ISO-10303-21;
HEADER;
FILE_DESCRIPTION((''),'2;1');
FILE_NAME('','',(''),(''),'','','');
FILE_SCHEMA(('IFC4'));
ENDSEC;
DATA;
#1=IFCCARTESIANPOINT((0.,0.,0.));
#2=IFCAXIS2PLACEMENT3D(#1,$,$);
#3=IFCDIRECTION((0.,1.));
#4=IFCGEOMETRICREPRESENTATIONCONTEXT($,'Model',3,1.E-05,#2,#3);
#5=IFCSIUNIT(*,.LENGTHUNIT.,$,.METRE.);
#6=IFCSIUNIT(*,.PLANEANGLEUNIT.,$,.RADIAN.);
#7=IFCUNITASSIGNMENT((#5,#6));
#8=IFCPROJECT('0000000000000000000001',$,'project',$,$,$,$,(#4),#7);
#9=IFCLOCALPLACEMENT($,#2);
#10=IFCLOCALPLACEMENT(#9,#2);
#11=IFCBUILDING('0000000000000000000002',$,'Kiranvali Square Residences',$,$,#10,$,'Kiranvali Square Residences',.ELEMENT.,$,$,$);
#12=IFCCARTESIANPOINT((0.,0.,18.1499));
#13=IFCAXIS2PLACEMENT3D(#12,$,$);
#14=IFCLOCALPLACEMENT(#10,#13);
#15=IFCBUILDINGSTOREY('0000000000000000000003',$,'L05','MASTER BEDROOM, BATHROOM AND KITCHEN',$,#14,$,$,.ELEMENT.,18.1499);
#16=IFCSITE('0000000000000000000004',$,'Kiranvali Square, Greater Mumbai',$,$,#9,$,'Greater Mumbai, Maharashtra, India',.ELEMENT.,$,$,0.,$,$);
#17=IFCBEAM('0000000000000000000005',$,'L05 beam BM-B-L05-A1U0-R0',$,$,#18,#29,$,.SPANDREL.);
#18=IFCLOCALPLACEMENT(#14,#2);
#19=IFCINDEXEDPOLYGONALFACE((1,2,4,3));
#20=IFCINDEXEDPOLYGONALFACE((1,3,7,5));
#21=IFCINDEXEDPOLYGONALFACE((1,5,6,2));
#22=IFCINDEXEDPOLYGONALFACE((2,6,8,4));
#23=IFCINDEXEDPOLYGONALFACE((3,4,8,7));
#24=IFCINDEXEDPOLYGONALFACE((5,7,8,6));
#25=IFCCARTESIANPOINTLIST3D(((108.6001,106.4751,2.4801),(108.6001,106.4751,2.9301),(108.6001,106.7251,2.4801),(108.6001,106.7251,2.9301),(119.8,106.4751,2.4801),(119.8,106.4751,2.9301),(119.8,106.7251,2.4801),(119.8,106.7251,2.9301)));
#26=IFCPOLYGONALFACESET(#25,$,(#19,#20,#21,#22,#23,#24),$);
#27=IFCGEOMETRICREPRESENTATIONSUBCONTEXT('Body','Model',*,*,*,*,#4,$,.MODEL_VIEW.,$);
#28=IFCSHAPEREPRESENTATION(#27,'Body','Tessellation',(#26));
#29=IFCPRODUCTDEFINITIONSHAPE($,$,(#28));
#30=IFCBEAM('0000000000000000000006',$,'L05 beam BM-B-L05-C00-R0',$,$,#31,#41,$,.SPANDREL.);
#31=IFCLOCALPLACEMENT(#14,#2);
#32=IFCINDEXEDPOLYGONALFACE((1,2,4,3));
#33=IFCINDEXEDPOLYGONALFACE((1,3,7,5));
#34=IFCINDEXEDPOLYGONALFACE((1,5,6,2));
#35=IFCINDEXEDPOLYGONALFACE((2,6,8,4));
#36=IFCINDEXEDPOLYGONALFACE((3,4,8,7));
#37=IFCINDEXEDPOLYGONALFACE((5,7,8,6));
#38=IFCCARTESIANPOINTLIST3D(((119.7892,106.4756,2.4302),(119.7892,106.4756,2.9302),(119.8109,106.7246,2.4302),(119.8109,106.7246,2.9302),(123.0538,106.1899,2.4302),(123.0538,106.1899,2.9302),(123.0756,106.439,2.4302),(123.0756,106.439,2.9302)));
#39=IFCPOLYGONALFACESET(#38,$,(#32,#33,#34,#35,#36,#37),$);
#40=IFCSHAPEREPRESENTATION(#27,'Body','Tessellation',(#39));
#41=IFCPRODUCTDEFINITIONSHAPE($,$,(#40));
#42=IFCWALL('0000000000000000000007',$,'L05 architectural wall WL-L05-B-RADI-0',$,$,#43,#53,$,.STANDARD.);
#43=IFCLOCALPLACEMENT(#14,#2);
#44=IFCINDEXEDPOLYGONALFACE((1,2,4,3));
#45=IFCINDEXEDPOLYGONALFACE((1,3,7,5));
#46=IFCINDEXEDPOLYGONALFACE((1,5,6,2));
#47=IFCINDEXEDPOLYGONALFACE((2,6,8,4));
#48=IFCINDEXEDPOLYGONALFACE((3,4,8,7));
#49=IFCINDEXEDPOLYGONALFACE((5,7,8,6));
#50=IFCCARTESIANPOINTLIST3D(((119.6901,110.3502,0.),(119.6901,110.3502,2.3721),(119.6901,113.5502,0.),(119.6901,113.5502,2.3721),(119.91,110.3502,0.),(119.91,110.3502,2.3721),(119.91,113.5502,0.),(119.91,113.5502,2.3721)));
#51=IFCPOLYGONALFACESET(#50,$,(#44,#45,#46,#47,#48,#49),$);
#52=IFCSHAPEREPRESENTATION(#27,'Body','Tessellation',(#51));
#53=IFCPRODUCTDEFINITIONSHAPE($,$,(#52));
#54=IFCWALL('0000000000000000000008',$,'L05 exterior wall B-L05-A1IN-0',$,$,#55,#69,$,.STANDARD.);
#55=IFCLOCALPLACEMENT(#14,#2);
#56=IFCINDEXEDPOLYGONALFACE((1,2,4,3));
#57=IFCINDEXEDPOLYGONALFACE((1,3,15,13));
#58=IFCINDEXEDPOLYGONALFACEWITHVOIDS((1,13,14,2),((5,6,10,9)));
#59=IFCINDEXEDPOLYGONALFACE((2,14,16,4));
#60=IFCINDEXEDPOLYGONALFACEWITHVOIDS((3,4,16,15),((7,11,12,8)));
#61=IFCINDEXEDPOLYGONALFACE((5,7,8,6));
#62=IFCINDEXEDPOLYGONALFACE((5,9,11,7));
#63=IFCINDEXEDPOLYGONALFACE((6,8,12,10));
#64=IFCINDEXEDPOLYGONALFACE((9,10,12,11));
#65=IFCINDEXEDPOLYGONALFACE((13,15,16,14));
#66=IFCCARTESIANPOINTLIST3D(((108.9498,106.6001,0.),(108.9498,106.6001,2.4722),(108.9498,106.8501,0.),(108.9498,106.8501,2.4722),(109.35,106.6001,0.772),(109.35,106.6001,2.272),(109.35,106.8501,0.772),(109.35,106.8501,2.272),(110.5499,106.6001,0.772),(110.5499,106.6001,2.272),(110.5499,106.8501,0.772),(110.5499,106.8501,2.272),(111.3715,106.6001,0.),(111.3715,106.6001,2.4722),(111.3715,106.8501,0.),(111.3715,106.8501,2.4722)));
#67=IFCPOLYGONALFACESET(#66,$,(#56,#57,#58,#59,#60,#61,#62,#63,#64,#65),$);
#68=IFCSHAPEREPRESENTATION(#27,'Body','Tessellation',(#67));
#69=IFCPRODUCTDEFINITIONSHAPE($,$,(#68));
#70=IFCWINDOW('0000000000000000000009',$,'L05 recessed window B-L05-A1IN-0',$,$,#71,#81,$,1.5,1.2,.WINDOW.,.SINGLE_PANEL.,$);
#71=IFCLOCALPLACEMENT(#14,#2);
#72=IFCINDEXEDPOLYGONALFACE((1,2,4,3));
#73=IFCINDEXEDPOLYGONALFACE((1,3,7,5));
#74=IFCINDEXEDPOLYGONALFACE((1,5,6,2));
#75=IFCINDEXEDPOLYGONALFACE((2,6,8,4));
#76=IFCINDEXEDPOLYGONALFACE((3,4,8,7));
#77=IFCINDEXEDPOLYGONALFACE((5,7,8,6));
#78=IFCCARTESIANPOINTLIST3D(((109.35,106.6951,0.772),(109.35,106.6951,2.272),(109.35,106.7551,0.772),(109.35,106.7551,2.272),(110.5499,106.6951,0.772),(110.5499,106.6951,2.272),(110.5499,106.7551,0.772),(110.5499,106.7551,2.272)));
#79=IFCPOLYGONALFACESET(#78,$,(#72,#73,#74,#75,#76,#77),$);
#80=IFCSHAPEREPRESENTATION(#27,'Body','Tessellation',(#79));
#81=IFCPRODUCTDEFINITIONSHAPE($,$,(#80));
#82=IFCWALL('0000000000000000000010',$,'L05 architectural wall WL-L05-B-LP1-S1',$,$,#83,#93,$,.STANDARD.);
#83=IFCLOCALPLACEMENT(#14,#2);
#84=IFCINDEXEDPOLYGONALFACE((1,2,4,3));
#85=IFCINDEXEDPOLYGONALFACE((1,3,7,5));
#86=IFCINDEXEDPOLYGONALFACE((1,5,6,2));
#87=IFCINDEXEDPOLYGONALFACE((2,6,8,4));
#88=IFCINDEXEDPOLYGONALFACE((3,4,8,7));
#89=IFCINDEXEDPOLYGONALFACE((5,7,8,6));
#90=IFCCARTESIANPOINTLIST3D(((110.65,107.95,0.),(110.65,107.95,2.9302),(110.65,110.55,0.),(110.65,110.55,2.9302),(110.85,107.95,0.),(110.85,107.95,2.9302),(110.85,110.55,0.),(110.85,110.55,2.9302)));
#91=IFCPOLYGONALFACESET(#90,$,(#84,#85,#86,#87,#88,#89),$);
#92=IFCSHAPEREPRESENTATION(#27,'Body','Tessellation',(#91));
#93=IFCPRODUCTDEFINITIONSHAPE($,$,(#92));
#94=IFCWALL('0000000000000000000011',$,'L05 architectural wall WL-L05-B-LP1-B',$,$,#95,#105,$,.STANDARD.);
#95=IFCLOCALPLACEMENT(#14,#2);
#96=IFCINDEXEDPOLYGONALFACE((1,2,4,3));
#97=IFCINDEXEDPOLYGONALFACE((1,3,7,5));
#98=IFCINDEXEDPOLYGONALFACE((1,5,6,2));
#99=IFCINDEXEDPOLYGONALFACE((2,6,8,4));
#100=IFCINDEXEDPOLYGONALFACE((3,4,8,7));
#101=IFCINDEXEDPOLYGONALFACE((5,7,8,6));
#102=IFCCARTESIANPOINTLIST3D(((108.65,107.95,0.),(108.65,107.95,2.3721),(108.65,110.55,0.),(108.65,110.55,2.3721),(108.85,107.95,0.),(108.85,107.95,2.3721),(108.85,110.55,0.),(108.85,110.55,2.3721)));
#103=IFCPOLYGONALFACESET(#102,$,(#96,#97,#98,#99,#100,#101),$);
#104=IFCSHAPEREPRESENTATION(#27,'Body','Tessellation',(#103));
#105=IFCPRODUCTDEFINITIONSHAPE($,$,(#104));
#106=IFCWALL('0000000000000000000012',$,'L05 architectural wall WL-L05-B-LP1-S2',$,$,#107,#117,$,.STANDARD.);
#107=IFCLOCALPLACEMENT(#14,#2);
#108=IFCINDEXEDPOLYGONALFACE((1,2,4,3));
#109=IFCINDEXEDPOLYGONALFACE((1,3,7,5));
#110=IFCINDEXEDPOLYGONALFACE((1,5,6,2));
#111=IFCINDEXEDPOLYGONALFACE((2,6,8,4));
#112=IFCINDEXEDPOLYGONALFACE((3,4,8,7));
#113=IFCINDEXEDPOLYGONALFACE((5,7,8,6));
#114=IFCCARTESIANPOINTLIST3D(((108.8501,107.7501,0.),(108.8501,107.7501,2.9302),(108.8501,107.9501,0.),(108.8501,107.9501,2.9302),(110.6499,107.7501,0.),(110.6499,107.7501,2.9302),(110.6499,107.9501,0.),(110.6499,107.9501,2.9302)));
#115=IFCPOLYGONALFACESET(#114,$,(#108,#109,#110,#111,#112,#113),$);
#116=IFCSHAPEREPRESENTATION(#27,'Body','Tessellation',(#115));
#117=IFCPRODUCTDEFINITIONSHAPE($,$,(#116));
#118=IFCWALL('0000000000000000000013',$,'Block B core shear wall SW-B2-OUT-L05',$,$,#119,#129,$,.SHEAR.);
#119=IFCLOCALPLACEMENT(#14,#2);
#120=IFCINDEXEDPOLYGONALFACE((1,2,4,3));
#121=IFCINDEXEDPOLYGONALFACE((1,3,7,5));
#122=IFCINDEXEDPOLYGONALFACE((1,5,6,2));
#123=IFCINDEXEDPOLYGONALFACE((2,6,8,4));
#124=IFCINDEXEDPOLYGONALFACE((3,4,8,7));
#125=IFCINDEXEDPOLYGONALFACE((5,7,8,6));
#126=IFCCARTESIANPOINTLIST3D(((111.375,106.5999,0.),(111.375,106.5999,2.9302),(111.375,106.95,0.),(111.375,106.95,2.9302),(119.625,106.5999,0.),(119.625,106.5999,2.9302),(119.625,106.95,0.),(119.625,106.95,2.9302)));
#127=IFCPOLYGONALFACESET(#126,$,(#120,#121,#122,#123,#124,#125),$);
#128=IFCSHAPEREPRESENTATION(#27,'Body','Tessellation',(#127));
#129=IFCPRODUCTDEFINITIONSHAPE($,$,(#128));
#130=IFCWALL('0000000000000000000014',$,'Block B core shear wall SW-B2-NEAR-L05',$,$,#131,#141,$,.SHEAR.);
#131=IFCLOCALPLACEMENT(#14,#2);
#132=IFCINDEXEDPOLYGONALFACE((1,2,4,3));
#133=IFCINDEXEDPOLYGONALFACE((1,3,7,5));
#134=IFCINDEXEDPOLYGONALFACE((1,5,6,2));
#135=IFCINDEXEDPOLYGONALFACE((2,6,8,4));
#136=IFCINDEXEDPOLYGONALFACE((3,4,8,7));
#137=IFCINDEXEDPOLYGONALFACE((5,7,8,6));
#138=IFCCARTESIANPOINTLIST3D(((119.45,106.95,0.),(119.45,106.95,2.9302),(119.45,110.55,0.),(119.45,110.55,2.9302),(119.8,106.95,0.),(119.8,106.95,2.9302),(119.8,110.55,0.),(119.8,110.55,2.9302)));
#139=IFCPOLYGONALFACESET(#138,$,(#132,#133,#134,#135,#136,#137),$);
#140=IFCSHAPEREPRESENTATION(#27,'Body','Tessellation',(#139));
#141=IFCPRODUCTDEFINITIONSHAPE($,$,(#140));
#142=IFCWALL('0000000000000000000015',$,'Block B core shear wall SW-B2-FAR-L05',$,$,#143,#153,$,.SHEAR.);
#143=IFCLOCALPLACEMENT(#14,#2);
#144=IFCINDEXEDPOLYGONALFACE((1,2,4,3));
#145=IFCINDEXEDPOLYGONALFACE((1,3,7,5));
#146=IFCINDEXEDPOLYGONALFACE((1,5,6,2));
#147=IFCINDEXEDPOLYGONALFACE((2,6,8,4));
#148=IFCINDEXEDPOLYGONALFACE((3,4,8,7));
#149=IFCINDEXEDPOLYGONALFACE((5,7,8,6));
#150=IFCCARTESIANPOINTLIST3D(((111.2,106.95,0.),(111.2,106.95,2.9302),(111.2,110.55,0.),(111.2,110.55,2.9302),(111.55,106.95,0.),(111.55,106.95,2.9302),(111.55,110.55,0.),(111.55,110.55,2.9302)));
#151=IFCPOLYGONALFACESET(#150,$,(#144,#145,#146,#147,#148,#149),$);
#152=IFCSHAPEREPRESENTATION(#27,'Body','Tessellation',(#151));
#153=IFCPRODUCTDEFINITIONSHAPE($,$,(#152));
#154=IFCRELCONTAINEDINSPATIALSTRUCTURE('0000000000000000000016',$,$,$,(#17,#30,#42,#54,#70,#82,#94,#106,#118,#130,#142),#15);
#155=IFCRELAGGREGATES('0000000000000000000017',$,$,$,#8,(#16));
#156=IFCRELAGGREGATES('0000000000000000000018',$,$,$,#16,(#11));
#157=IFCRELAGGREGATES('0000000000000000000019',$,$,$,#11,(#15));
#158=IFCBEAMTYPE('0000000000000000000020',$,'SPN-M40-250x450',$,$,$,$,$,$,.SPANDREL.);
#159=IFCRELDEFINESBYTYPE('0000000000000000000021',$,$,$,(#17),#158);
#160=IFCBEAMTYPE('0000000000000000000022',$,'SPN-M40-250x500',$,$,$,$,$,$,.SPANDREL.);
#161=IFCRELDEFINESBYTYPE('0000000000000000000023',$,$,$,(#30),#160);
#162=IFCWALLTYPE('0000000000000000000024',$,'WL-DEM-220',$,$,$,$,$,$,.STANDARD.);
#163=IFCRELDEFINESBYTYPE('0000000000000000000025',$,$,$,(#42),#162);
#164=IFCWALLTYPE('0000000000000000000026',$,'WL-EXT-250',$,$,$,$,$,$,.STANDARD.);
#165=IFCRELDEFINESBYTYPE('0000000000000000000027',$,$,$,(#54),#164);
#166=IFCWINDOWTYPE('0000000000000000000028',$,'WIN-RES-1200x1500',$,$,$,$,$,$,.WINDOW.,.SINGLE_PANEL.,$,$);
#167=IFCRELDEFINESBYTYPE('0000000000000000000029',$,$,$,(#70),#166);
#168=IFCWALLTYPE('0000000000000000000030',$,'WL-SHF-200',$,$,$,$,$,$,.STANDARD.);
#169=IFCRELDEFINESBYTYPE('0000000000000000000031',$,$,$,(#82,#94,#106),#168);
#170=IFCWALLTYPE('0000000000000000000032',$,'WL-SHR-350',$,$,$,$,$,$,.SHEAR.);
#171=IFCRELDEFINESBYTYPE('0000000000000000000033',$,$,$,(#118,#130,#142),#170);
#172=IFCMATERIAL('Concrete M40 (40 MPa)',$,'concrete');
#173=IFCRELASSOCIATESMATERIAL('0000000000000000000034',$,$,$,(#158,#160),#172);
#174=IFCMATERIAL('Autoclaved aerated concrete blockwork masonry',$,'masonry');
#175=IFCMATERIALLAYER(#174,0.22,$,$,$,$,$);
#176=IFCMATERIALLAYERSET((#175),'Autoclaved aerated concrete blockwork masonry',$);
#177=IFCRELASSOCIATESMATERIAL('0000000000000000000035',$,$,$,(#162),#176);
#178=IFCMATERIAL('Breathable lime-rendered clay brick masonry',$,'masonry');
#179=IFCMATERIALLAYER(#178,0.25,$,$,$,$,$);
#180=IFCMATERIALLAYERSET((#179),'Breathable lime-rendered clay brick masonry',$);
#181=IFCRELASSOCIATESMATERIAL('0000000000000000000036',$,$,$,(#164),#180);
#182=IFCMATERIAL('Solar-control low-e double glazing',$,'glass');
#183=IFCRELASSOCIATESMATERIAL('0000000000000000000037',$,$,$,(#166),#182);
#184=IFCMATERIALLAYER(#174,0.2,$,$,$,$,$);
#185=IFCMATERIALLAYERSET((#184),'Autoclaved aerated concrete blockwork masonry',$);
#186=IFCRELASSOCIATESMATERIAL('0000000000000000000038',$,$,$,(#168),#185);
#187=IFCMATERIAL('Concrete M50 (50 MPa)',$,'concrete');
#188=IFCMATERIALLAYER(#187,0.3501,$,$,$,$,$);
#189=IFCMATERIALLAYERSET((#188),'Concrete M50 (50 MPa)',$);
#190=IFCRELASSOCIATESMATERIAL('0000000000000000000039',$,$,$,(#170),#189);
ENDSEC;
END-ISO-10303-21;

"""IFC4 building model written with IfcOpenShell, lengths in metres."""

from ifc_helpers import new_model, si_unit, direction, frame, frame_2d, origin, origin_2d, place, context, subcontext, project, spatial, rectangle, extrude, material, layer, layer_set, material_profile, profile_set, type_object, element, fill, save


model = new_model("IFC4")

# Units and contexts
model_context = context("Model", 3, precision=1e-05, world=origin(), true_north=direction((0.0, 1.0)))
body_context = subcontext(model_context, "Body", "Model", "MODEL_VIEW")
ifc_project = project(units=[si_unit("LENGTHUNIT", "METRE"), si_unit("PLANEANGLEUNIT", "RADIAN")], contexts=[model_context])

# Site, building, storey
site_placement = place(None, origin())
site = spatial("IfcSite", under=ifc_project, at=site_placement, Name="Kiranvali Square, Greater Mumbai", LongName="Greater Mumbai, Maharashtra, India", CompositionType="ELEMENT", RefElevation=0.0)
building_placement = place(site_placement, origin())
building = spatial("IfcBuilding", under=site, at=building_placement, Name="Kiranvali Square Residences", LongName="Kiranvali Square Residences", CompositionType="ELEMENT")
storey_placement = place(building_placement, frame((0.0, 0.0, 18.1499)))
storey = spatial("IfcBuildingStorey", under=building, at=storey_placement, Name="L05", Description="MASTER BEDROOM, BATHROOM AND KITCHEN", CompositionType="ELEMENT", Elevation=18.1499)

# Beams
ifc_material_1 = material(Name="Concrete M40 (40 MPa)", Category="concrete")
ifc_material_profile_1 = material_profile(ifc_material_1, rectangle(XDim=0.25, YDim=0.45, at=origin_2d()), Name="RC 250x450")
ifc_profile_set_1 = profile_set([ifc_material_profile_1], Name="Concrete M40 (40 MPa)")
beam_type_1 = type_object("IfcBeamType", Name="SPN-M40-250x450", PredefinedType="SPANDREL", material=ifc_profile_set_1)
beam_1_placement = place(storey_placement, frame((119.8, 106.6001, 2.7051), z_axis=(-1.0, 0.0, 0.0), x_axis=(0.0, -1.0, 0.0)))
element("IfcBeam", 1, at=beam_1_placement, inside=storey, type_object=beam_type_1, Name="L05 beam BM-B-L05-A1U0-R0", PredefinedType="SPANDREL", context=body_context, shape_type="SweptSolid", body=[
    extrude(rectangle(XDim=0.25, YDim=0.45, at=origin_2d()), origin(), (0.0, 0.0, 1.0), 11.2),
])
ifc_material_profile_2 = material_profile(ifc_material_1, rectangle(XDim=0.25, YDim=0.5, at=origin_2d()), Name="RC 250x500")
ifc_profile_set_2 = profile_set([ifc_material_profile_2], Name="Concrete M40 (40 MPa)")
beam_type_2 = type_object("IfcBeamType", Name="SPN-M40-250x500", PredefinedType="SPANDREL", material=ifc_profile_set_2)
beam_2_placement = place(storey_placement, frame((119.8, 106.6001, 2.6802), z_axis=(0.996194, -0.087163, 0.0), x_axis=(0.087163, 0.996194, 0.0)))
element("IfcBeam", 2, at=beam_2_placement, inside=storey, type_object=beam_type_2, Name="L05 beam BM-B-L05-C00-R0", PredefinedType="SPANDREL", context=body_context, shape_type="SweptSolid", body=[
    extrude(rectangle(XDim=0.25, YDim=0.5, at=origin_2d()), origin(), (0.0, 0.0, 1.0), 3.2771),
])

# Wall
ifc_material_2 = material(Name="Autoclaved aerated concrete blockwork masonry", Category="masonry")
ifc_layer_1 = layer(ifc_material_2, 0.22)
ifc_layer_set_1 = layer_set([ifc_layer_1], Name="Autoclaved aerated concrete blockwork masonry")
wall_type_1 = type_object("IfcWallType", Name="WL-DEM-220", PredefinedType="STANDARD", material=ifc_layer_set_1)
wall_1_placement = place(storey_placement, frame((119.8, 110.3501, 0.0), z_axis=(0.0, 0.0, 1.0), x_axis=(0.0, 1.0, 0.0)))
element("IfcWall", 3, at=wall_1_placement, inside=storey, type_object=wall_type_1, Name="L05 architectural wall WL-L05-B-RADI-0", PredefinedType="STANDARD", context=body_context, shape_type="SweptSolid", body=[
    extrude(rectangle(XDim=3.2, YDim=0.22, at=frame_2d((1.6001, 0.0))), origin(), (0.0, 0.0, 1.0), 2.3721),
])

# Wall, opening, window
ifc_material_3 = material(Name="Breathable lime-rendered clay brick masonry", Category="masonry")
ifc_layer_2 = layer(ifc_material_3, 0.25)
ifc_layer_set_2 = layer_set([ifc_layer_2], Name="Breathable lime-rendered clay brick masonry")
wall_type_2 = type_object("IfcWallType", Name="WL-EXT-250", PredefinedType="STANDARD", material=ifc_layer_set_2)
wall_2_placement = place(storey_placement, frame((111.3716, 106.7251, 0.0), z_axis=(0.0, 0.0, 1.0), x_axis=(-1.0, 0.0, 0.0)))
wall_2 = element("IfcWall", 4, at=wall_2_placement, inside=storey, type_object=wall_type_2, Name="L05 exterior wall B-L05-A1IN-0", PredefinedType="STANDARD", context=body_context, shape_type="SweptSolid", body=[
    extrude(rectangle(XDim=2.4216, YDim=0.25, at=frame_2d((1.2109, 0.0))), origin(), (0.0, 0.0, 1.0), 2.4722),
])
opening_1_placement = place(wall_2_placement, frame((0.8215, 0.0, 0.772)))
opening_1 = element("IfcOpeningElement", 5, at=opening_1_placement, cuts=wall_2, PredefinedType="OPENING", context=body_context, shape_type="SweptSolid", body=[
    extrude(rectangle(XDim=1.2, YDim=1.5, at=frame_2d((0.6001, 0.75))), frame((0.0, 0.135, 0.0), z_axis=(0.0, -1.0, 0.0), x_axis=(1.0, 0.0, 0.0)), (0.0, 0.0, 1.0), 0.27),
])
ifc_material_4 = material(Name="Solar-control low-e double glazing", Category="glass")
window_type = type_object("IfcWindowType", Name="WIN-RES-1200x1500", PartitioningType="SINGLE_PANEL", PredefinedType="WINDOW", material=ifc_material_4)
window_placement = place(opening_1_placement, origin())
window = element("IfcWindow", 6, at=window_placement, inside=storey, type_object=window_type, Name="L05 recessed window B-L05-A1IN-0", OverallHeight=1.5, OverallWidth=1.2, PartitioningType="SINGLE_PANEL", PredefinedType="WINDOW", context=body_context, shape_type="SweptSolid", body=[
    extrude(rectangle(XDim=1.2, YDim=1.5, at=frame_2d((0.6001, 0.75))), frame((0.0, 0.03, 0.0), z_axis=(0.0, -1.0, 0.0), x_axis=(1.0, 0.0, 0.0)), (0.0, 0.0, 1.0), 0.0601),
])
fill(opening_1, window)

# Walls
ifc_layer_3 = layer(ifc_material_2, 0.2)
ifc_layer_set_3 = layer_set([ifc_layer_3], Name="Autoclaved aerated concrete blockwork masonry")
wall_type_3 = type_object("IfcWallType", Name="WL-SHF-200", PredefinedType="STANDARD", material=ifc_layer_set_3)
wall_3_placement = place(storey_placement, frame((110.75, 107.95, 0.0), z_axis=(0.0, 0.0, 1.0), x_axis=(0.0, 1.0, 0.0)))
element("IfcWall", 7, at=wall_3_placement, inside=storey, type_object=wall_type_3, Name="L05 architectural wall WL-L05-B-LP1-S1", PredefinedType="STANDARD", context=body_context, shape_type="SweptSolid", body=[
    extrude(rectangle(XDim=2.6001, YDim=0.2, at=frame_2d((1.3, 0.0))), origin(), (0.0, 0.0, 1.0), 2.9302),
])
wall_4_placement = place(storey_placement, frame((108.75, 107.95, 0.0), z_axis=(0.0, 0.0, 1.0), x_axis=(0.0, 1.0, 0.0)))
element("IfcWall", 8, at=wall_4_placement, inside=storey, type_object=wall_type_3, Name="L05 architectural wall WL-L05-B-LP1-B", PredefinedType="STANDARD", context=body_context, shape_type="SweptSolid", body=[
    extrude(rectangle(XDim=2.6001, YDim=0.2, at=frame_2d((1.3, 0.0))), origin(), (0.0, 0.0, 1.0), 2.3721),
])
wall_5_placement = place(storey_placement, frame((110.6499, 107.8501, 0.0), z_axis=(0.0, 0.0, 1.0), x_axis=(-1.0, 0.0, 0.0)))
element("IfcWall", 9, at=wall_5_placement, inside=storey, type_object=wall_type_3, Name="L05 architectural wall WL-L05-B-LP1-S2", PredefinedType="STANDARD", context=body_context, shape_type="SweptSolid", body=[
    extrude(rectangle(XDim=1.7998, YDim=0.2, at=frame_2d((0.8999, 0.0))), origin(), (0.0, 0.0, 1.0), 2.9302),
])
ifc_material_5 = material(Name="Concrete M50 (50 MPa)", Category="concrete")
ifc_layer_4 = layer(ifc_material_5, 0.3501)
ifc_layer_set_4 = layer_set([ifc_layer_4], Name="Concrete M50 (50 MPa)")
wall_type_4 = type_object("IfcWallType", Name="WL-SHR-350", PredefinedType="SHEAR", material=ifc_layer_set_4)
wall_6_placement = place(storey_placement, frame((119.625, 106.7749, 0.0), z_axis=(0.0, 0.0, 1.0), x_axis=(-1.0, 0.0, 0.0)))
element("IfcWall", 10, at=wall_6_placement, inside=storey, type_object=wall_type_4, Name="Block B core shear wall SW-B2-OUT-L05", PredefinedType="SHEAR", context=body_context, shape_type="SweptSolid", body=[
    extrude(rectangle(XDim=8.25, YDim=0.3501, at=frame_2d((4.125, 0.0))), origin(), (0.0, 0.0, 1.0), 2.9302),
])

# Walls
for number, where, z_axis, x_axis, name in (
    (11, (119.625, 106.95, 0.0), (0.0, 0.0, 1.0), (0.0, 1.0, 0.0), "Block B core shear wall SW-B2-NEAR-L05"),
    (12, (111.375, 106.95, 0.0), (0.0, 0.0, 1.0), (0.0, 1.0, 0.0), "Block B core shear wall SW-B2-FAR-L05"),
):
    element("IfcWall", number, at=place(storey_placement, frame(where, z_axis=z_axis, x_axis=x_axis)), inside=storey, type_object=wall_type_4, Name=name, PredefinedType="SHEAR", context=body_context, shape_type="SweptSolid", body=[
        extrude(rectangle(XDim=3.6001, YDim=0.3501, at=frame_2d((1.8, 0.0))), origin(), (0.0, 0.0, 1.0), 2.9302),
    ])

save(model, "model.ifc")
